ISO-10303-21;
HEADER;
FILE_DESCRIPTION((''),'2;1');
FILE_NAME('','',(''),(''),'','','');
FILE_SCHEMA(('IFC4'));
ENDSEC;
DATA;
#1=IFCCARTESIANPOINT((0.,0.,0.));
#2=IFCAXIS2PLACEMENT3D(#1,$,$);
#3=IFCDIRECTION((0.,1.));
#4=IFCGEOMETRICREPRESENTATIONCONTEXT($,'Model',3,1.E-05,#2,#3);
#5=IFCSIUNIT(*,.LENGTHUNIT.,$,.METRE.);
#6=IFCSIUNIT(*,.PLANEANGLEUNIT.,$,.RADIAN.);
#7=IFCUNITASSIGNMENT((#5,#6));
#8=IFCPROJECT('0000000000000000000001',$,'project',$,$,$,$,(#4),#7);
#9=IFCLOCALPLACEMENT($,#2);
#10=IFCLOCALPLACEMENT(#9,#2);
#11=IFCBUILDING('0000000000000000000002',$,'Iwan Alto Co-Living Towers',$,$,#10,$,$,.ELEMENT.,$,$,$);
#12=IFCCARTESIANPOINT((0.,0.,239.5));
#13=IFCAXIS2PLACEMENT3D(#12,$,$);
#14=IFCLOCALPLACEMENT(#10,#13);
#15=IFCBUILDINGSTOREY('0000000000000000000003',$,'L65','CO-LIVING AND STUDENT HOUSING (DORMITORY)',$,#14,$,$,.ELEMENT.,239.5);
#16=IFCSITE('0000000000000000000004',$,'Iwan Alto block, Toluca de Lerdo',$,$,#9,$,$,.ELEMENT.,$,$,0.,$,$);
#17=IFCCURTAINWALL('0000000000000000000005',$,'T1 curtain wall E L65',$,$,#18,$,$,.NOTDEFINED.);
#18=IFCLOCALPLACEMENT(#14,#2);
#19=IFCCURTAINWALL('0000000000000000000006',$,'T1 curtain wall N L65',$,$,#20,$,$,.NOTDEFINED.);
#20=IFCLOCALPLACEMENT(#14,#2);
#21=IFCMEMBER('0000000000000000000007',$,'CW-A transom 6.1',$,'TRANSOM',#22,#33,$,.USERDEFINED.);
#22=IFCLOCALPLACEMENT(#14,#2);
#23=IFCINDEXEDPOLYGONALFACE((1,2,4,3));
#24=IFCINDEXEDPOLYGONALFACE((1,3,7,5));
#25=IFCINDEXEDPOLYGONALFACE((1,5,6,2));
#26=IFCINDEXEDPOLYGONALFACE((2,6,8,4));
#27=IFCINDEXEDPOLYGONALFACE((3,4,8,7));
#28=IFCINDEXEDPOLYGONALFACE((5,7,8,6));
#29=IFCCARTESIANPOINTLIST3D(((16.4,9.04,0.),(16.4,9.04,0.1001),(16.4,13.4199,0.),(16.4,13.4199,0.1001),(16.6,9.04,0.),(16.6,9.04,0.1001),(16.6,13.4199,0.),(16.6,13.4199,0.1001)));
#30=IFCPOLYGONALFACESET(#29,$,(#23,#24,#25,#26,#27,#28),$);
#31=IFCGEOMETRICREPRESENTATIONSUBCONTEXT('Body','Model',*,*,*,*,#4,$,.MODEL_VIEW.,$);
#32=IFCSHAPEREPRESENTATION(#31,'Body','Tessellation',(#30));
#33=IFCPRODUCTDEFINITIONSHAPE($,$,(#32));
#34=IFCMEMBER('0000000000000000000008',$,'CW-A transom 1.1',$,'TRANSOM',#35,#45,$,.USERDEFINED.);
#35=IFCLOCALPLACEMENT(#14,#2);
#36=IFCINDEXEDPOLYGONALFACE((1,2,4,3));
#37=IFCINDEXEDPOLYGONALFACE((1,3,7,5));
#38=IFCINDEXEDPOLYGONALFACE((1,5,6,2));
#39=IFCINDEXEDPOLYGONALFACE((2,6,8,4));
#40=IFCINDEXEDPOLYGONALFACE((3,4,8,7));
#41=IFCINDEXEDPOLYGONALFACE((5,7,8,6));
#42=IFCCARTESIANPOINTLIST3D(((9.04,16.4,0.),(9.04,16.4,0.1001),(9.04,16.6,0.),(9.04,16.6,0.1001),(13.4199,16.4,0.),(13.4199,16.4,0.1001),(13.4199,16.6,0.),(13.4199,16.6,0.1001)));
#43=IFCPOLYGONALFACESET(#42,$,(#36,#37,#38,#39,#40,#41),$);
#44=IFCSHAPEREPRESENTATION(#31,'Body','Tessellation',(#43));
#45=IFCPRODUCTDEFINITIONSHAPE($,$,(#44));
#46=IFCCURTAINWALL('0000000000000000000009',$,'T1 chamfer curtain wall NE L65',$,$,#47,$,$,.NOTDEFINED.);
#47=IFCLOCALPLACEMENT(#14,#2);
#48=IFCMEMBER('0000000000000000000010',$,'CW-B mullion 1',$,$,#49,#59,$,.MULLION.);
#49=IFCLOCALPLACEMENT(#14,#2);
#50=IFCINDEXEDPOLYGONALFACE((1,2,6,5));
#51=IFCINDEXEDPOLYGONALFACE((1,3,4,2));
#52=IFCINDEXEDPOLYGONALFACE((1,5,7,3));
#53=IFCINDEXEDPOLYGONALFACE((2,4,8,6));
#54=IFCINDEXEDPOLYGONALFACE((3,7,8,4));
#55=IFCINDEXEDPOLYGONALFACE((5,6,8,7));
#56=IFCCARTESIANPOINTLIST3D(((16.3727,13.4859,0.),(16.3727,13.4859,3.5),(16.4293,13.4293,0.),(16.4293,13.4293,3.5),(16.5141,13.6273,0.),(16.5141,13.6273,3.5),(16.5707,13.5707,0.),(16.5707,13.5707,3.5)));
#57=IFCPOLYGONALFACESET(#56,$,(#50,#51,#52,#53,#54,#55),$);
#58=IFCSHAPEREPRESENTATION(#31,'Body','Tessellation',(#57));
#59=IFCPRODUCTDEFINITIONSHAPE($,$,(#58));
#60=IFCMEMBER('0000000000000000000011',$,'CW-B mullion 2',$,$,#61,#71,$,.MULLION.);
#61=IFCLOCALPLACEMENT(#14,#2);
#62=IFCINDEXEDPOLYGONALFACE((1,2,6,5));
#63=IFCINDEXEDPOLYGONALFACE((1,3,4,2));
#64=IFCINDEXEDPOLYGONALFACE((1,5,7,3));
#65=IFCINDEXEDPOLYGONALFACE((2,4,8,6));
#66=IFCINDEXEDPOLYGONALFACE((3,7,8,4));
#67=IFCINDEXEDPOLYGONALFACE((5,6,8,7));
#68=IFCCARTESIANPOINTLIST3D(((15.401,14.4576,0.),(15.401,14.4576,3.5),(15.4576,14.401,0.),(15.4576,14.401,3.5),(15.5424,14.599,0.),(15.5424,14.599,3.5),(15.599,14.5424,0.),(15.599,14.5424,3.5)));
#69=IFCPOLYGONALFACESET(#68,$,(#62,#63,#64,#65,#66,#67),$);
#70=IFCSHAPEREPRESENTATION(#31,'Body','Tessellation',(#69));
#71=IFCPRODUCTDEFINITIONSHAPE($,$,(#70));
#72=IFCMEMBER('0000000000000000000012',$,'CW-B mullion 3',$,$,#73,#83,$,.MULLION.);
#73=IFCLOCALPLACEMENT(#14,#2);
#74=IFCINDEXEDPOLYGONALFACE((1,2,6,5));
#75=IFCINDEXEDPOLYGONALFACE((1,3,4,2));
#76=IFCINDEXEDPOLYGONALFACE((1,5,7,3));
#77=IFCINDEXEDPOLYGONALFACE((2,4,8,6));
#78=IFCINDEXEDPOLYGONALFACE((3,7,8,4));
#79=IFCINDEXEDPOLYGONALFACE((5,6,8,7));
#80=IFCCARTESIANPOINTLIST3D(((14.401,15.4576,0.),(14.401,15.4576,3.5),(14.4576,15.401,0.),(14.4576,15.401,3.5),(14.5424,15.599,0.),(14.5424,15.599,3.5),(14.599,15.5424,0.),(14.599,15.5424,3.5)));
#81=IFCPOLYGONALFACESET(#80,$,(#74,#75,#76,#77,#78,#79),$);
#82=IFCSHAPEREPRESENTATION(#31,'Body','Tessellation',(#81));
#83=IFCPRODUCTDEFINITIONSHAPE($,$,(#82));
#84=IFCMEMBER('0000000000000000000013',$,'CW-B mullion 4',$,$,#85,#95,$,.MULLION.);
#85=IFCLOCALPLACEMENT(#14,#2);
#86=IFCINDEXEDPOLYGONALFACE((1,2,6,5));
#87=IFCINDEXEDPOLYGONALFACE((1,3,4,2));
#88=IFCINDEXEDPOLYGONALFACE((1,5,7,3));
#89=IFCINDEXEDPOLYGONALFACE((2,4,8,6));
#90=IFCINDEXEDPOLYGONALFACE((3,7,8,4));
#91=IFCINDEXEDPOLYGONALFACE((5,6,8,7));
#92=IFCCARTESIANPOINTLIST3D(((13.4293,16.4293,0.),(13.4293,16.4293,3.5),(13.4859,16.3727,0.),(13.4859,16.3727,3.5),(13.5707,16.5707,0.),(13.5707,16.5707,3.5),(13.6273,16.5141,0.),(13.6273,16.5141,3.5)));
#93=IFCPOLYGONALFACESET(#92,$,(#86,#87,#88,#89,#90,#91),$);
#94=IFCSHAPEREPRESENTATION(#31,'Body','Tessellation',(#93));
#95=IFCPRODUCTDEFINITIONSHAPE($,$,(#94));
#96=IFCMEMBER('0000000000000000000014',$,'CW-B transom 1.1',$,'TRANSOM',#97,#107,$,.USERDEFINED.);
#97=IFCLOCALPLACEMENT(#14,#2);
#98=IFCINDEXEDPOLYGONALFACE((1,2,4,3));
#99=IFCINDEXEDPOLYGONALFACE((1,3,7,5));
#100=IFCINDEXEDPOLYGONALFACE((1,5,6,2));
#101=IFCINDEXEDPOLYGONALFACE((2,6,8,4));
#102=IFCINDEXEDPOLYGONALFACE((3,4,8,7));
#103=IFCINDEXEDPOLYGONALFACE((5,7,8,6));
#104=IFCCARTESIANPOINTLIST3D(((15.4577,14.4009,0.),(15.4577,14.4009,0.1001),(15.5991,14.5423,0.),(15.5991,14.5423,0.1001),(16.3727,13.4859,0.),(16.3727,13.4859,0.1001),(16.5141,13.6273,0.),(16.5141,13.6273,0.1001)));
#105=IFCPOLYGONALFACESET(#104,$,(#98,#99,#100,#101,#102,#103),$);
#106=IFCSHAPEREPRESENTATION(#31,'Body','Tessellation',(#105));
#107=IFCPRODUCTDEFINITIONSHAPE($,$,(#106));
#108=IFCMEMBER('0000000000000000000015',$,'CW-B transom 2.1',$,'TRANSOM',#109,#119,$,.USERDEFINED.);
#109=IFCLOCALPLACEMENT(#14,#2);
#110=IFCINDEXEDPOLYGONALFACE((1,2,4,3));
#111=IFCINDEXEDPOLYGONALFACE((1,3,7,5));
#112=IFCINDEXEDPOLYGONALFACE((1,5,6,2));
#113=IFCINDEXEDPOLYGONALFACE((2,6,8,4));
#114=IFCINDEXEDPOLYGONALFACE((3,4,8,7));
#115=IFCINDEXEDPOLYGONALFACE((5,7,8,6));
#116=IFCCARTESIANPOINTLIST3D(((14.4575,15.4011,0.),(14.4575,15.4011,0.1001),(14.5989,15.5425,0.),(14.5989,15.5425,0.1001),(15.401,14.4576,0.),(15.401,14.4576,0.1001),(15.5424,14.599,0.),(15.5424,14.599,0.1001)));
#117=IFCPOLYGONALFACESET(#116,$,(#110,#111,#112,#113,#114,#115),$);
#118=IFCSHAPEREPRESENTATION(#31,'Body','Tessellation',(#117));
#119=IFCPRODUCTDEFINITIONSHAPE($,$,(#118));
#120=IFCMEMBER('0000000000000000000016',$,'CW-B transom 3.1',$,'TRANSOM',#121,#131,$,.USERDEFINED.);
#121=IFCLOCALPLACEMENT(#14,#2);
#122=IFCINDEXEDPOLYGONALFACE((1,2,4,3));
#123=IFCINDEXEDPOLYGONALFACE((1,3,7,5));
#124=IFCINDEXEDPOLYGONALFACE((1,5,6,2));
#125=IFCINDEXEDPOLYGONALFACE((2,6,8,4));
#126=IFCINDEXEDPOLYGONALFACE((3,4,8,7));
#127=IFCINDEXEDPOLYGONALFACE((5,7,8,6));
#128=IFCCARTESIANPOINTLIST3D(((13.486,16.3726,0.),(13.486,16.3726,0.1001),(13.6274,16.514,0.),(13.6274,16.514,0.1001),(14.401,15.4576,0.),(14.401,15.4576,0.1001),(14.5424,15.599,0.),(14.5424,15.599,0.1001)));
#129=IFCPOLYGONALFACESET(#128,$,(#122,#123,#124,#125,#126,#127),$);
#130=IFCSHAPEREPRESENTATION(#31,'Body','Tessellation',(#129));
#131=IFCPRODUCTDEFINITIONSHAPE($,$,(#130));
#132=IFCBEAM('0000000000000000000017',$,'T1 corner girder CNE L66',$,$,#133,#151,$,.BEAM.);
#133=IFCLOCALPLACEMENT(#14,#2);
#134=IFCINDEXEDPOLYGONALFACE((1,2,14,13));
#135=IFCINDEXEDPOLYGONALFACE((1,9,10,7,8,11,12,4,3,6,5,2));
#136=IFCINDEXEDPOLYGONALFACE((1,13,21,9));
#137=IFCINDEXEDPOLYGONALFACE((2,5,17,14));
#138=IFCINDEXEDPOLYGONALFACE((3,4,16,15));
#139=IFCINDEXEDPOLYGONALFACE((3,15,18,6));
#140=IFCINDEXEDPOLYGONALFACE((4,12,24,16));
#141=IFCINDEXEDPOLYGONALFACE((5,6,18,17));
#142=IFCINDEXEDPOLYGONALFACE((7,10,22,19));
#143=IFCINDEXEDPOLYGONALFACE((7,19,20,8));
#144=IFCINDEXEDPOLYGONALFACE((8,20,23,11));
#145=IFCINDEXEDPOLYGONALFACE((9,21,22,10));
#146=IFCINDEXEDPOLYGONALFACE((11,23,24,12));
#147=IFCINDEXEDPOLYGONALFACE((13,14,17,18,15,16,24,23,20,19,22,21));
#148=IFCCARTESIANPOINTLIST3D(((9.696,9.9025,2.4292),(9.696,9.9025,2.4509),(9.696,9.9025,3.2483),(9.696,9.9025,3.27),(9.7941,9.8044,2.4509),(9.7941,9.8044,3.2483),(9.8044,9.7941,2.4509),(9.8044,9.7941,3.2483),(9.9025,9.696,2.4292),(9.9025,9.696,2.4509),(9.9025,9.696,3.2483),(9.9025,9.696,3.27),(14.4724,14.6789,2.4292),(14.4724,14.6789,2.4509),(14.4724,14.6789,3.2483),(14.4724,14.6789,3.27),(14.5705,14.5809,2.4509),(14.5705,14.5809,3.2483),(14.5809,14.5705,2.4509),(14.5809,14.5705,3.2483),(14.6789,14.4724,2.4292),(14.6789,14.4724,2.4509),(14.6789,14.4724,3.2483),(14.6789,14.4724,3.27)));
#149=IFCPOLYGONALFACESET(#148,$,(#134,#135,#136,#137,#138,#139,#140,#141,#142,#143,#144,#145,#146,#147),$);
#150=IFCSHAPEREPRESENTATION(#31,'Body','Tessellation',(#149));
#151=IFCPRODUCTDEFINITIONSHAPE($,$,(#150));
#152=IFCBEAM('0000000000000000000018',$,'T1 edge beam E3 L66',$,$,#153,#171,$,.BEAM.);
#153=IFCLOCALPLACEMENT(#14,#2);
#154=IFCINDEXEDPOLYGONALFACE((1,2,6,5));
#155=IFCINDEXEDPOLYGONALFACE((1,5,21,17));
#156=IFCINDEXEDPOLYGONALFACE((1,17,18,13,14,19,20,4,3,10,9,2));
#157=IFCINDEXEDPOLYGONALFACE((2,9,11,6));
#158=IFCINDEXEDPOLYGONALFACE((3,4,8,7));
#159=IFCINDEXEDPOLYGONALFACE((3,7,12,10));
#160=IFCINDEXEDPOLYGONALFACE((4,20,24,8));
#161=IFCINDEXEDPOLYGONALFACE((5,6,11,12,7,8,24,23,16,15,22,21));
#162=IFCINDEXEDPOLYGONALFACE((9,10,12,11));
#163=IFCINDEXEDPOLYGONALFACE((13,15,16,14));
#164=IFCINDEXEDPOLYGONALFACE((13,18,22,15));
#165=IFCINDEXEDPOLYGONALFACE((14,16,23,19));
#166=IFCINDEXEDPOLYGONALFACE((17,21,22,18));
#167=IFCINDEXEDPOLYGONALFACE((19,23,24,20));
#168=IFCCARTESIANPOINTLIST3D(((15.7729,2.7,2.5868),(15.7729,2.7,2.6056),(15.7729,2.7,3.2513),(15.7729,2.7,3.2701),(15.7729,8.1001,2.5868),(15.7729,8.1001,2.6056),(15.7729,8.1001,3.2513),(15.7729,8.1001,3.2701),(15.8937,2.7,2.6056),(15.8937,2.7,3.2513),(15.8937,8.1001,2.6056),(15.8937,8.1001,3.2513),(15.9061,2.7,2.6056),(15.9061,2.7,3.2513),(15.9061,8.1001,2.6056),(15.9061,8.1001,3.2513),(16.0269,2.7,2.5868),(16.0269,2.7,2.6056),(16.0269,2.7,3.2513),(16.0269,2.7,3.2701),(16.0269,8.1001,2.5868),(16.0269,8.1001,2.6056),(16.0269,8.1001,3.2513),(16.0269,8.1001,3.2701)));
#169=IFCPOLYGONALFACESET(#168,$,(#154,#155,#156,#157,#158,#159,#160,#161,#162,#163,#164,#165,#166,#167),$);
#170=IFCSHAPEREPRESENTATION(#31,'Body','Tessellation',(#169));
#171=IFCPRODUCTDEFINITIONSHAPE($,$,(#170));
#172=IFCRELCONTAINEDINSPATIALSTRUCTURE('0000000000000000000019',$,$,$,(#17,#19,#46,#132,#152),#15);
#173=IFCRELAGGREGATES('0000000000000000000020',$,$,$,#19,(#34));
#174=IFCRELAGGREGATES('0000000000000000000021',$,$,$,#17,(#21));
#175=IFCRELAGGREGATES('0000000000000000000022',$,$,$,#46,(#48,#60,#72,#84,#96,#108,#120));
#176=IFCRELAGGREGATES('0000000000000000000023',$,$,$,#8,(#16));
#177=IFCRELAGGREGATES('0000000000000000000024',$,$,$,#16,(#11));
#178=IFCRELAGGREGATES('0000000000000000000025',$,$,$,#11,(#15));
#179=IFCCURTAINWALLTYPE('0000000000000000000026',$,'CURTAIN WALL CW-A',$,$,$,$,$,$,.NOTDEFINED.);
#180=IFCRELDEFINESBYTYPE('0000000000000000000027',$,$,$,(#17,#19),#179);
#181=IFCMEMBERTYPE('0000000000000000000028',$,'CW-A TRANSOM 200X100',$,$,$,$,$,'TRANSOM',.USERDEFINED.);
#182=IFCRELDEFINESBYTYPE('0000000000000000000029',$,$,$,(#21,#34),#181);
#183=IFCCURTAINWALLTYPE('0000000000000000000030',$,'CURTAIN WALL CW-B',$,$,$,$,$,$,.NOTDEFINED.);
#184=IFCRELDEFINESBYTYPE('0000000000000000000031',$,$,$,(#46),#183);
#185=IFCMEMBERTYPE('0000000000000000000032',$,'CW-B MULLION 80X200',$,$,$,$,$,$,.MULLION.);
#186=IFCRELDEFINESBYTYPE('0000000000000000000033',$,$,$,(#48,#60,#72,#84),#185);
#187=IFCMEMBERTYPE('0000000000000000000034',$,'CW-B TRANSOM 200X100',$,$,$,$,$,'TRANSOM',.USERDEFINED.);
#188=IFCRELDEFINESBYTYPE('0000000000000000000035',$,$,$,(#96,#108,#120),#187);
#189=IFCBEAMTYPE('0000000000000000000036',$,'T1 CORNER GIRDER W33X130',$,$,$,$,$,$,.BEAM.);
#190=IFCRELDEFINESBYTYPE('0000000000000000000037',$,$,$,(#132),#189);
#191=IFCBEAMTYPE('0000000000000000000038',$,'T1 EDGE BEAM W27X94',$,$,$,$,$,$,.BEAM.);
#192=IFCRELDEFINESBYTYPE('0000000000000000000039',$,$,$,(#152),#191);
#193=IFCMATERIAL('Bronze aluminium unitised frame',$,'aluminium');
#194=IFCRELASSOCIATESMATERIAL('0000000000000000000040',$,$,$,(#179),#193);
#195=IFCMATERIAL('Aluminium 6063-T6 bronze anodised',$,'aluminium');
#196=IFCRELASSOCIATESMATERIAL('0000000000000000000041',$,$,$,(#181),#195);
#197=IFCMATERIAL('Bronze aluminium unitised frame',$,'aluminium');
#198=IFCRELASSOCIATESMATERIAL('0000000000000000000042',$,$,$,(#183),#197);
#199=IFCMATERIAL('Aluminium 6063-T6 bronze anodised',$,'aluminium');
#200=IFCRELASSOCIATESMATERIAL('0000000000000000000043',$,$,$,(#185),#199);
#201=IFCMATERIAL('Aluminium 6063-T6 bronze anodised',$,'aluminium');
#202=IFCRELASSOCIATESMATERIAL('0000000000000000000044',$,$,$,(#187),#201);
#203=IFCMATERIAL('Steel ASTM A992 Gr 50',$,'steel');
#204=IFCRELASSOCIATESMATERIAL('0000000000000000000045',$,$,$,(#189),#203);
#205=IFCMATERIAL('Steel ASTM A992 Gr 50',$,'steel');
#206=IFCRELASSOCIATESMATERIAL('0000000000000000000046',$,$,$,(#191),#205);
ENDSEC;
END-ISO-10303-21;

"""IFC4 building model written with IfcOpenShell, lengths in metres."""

from ifc_helpers import new_model, si_unit, direction, frame, origin, origin_2d, place, context, subcontext, project, spatial, rectangle, i_section, extrude, material, material_profile, profile_set, type_object, element, aggregate, save


model = new_model("IFC4")

# Units and contexts
model_context = context("Model", 3, precision=1e-05, world=origin(), true_north=direction((0.0, 1.0)))
body_context = subcontext(model_context, "Body", "Model", "MODEL_VIEW")
ifc_project = project(units=[si_unit("LENGTHUNIT", "METRE"), si_unit("PLANEANGLEUNIT", "RADIAN")], contexts=[model_context])

# Site, building, storey
site_placement = place(None, origin())
site = spatial("IfcSite", under=ifc_project, at=site_placement, Name="Iwan Alto block, Toluca de Lerdo", CompositionType="ELEMENT", RefElevation=0.0)
building_placement = place(site_placement, origin())
building = spatial("IfcBuilding", under=site, at=building_placement, Name="Iwan Alto Co-Living Towers", CompositionType="ELEMENT")
storey_placement = place(building_placement, frame((0.0, 0.0, 239.5)))
storey = spatial("IfcBuildingStorey", under=building, at=storey_placement, Name="L65", Description="CO-LIVING AND STUDENT HOUSING (DORMITORY)", CompositionType="ELEMENT", Elevation=239.5)

# Curtain wall
ifc_material_1 = material(Name="Bronze aluminium unitised frame", Category="aluminium")
curtain_wall_type_1 = type_object("IfcCurtainWallType", Name="CURTAIN WALL CW-A", PredefinedType="NOTDEFINED", material=ifc_material_1)
curtain_wall_1_placement = place(storey_placement, origin())
curtain_wall_1 = element("IfcCurtainWall", 1, at=curtain_wall_1_placement, inside=storey, type_object=curtain_wall_type_1, Name="T1 curtain wall E L65", PredefinedType="NOTDEFINED")

# Curtain wall
curtain_wall_2_placement = place(storey_placement, origin())
curtain_wall_2 = element("IfcCurtainWall", 2, at=curtain_wall_2_placement, inside=storey, type_object=curtain_wall_type_1, Name="T1 curtain wall N L65", PredefinedType="NOTDEFINED")

# Members
ifc_material_2 = material(Name="Aluminium 6063-T6 bronze anodised", Category="aluminium")
ifc_material_profile_1 = material_profile(ifc_material_2, rectangle(XDim=0.2, YDim=0.1001, at=origin_2d()), Name="AL 200X100")
ifc_profile_set_1 = profile_set([ifc_material_profile_1], Name="Aluminium 6063-T6 bronze anodised")
member_type_1 = type_object("IfcMemberType", Name="CW-A TRANSOM 200X100", ElementType="TRANSOM", PredefinedType="USERDEFINED", material=ifc_profile_set_1)
member_1_placement = place(storey_placement, frame((16.5, 9.04, 0.05), z_axis=(0.0, 1.0, 0.0), x_axis=(-1.0, 0.0, 0.0)))
member_1 = element("IfcMember", 3, at=member_1_placement, type_object=member_type_1, Name="CW-A transom 6.1", ObjectType="TRANSOM", PredefinedType="USERDEFINED", context=body_context, shape_type="SweptSolid", body=[
    extrude(rectangle(XDim=0.2, YDim=0.1001, at=origin_2d()), origin(), (0.0, 0.0, 1.0), 4.3799),
])
member_2_placement = place(storey_placement, frame((13.4199, 16.5, 0.05), z_axis=(-1.0, 0.0, 0.0), x_axis=(0.0, -1.0, 0.0)))
member_2 = element("IfcMember", 4, at=member_2_placement, type_object=member_type_1, Name="CW-A transom 1.1", ObjectType="TRANSOM", PredefinedType="USERDEFINED", context=body_context, shape_type="SweptSolid", body=[
    extrude(rectangle(XDim=0.2, YDim=0.1001, at=origin_2d()), origin(), (0.0, 0.0, 1.0), 4.3799),
])
aggregate(curtain_wall_2, [member_2])

# Curtain wall, members
ifc_material_3 = material(Name="Bronze aluminium unitised frame", Category="aluminium")
curtain_wall_type_2 = type_object("IfcCurtainWallType", Name="CURTAIN WALL CW-B", PredefinedType="NOTDEFINED", material=ifc_material_3)
curtain_wall_3_placement = place(storey_placement, origin())
curtain_wall_3 = element("IfcCurtainWall", 5, at=curtain_wall_3_placement, inside=storey, type_object=curtain_wall_type_2, Name="T1 chamfer curtain wall NE L65", PredefinedType="NOTDEFINED")
ifc_material_4 = material(Name="Aluminium 6063-T6 bronze anodised", Category="aluminium")
ifc_material_profile_2 = material_profile(ifc_material_4, rectangle(XDim=0.2, YDim=0.0801, at=origin_2d()), Name="AL 80X200")
ifc_profile_set_2 = profile_set([ifc_material_profile_2], Name="Aluminium 6063-T6 bronze anodised")
member_type_2 = type_object("IfcMemberType", Name="CW-B MULLION 80X200", PredefinedType="MULLION", material=ifc_profile_set_2)
member_3_placement = place(storey_placement, frame((16.4717, 13.5283, 0.0), z_axis=(0.0, 0.0, 1.0), x_axis=(-0.707107, -0.707107, 0.0)))
member_3 = element("IfcMember", 6, at=member_3_placement, type_object=member_type_2, Name="CW-B mullion 1", PredefinedType="MULLION", context=body_context, shape_type="SweptSolid", body=[
    extrude(rectangle(XDim=0.2, YDim=0.0801, at=origin_2d()), origin(), (0.0, 0.0, 1.0), 3.5),
])
member_4_placement = place(storey_placement, frame((15.5, 14.5, 0.0), z_axis=(0.0, 0.0, 1.0), x_axis=(-0.707107, -0.707107, 0.0)))
member_4 = element("IfcMember", 7, at=member_4_placement, type_object=member_type_2, Name="CW-B mullion 2", PredefinedType="MULLION", context=body_context, shape_type="SweptSolid", body=[
    extrude(rectangle(XDim=0.2, YDim=0.0801, at=origin_2d()), origin(), (0.0, 0.0, 1.0), 3.5),
])
member_5_placement = place(storey_placement, frame((14.5, 15.5, 0.0), z_axis=(0.0, 0.0, 1.0), x_axis=(-0.707107, -0.707107, 0.0)))
member_5 = element("IfcMember", 8, at=member_5_placement, type_object=member_type_2, Name="CW-B mullion 3", PredefinedType="MULLION", context=body_context, shape_type="SweptSolid", body=[
    extrude(rectangle(XDim=0.2, YDim=0.0801, at=origin_2d()), origin(), (0.0, 0.0, 1.0), 3.5),
])
member_6_placement = place(storey_placement, frame((13.5283, 16.4717, 0.0), z_axis=(0.0, 0.0, 1.0), x_axis=(-0.707107, -0.707107, 0.0)))
member_6 = element("IfcMember", 9, at=member_6_placement, type_object=member_type_2, Name="CW-B mullion 4", PredefinedType="MULLION", context=body_context, shape_type="SweptSolid", body=[
    extrude(rectangle(XDim=0.2, YDim=0.0801, at=origin_2d()), origin(), (0.0, 0.0, 1.0), 3.5),
])
ifc_material_5 = material(Name="Aluminium 6063-T6 bronze anodised", Category="aluminium")
ifc_material_profile_3 = material_profile(ifc_material_5, rectangle(XDim=0.2, YDim=0.1001, at=origin_2d()), Name="AL 200X100")
ifc_profile_set_3 = profile_set([ifc_material_profile_3], Name="Aluminium 6063-T6 bronze anodised")
member_type_3 = type_object("IfcMemberType", Name="CW-B TRANSOM 200X100", ElementType="TRANSOM", PredefinedType="USERDEFINED", material=ifc_profile_set_3)
member_7_placement = place(storey_placement, frame((16.4434, 13.5566, 0.05), z_axis=(-0.707107, 0.707107, 0.0), x_axis=(-0.707107, -0.707107, 0.0)))
member_7 = element("IfcMember", 10, at=member_7_placement, type_object=member_type_3, Name="CW-B transom 1.1", ObjectType="TRANSOM", PredefinedType="USERDEFINED", context=body_context, shape_type="SweptSolid", body=[
    extrude(rectangle(XDim=0.2, YDim=0.1001, at=origin_2d()), origin(), (0.0, 0.0, 1.0), 1.2939),
])
member_8_placement = place(storey_placement, frame((15.4717, 14.5283, 0.05), z_axis=(-0.707107, 0.707107, 0.0), x_axis=(-0.707107, -0.707107, 0.0)))
member_8 = element("IfcMember", 11, at=member_8_placement, type_object=member_type_3, Name="CW-B transom 2.1", ObjectType="TRANSOM", PredefinedType="USERDEFINED", context=body_context, shape_type="SweptSolid", body=[
    extrude(rectangle(XDim=0.2, YDim=0.1001, at=origin_2d()), origin(), (0.0, 0.0, 1.0), 1.3342),
])
member_9_placement = place(storey_placement, frame((14.4717, 15.5283, 0.05), z_axis=(-0.707107, 0.707107, 0.0), x_axis=(-0.707107, -0.707107, 0.0)))
member_9 = element("IfcMember", 12, at=member_9_placement, type_object=member_type_3, Name="CW-B transom 3.1", ObjectType="TRANSOM", PredefinedType="USERDEFINED", context=body_context, shape_type="SweptSolid", body=[
    extrude(rectangle(XDim=0.2, YDim=0.1001, at=origin_2d()), origin(), (0.0, 0.0, 1.0), 1.2939),
])

# Beams
ifc_material_6 = material(Name="Steel ASTM A992 Gr 50", Category="steel")
ifc_material_profile_4 = material_profile(ifc_material_6, i_section(OverallWidth=0.292, OverallDepth=0.8408, WebThickness=0.0146, FlangeThickness=0.0217, at=origin_2d()), Name="W33X130")
ifc_profile_set_4 = profile_set([ifc_material_profile_4], Name="Steel ASTM A992 Gr 50")
beam_type_1 = type_object("IfcBeamType", Name="T1 CORNER GIRDER W33X130", PredefinedType="BEAM", material=ifc_profile_set_4)
beam_1_placement = place(storey_placement, frame((14.5757, 14.5757, 2.8496), z_axis=(-0.707107, -0.707107, 0.0), x_axis=(0.707107, -0.707107, 0.0)))
element("IfcBeam", 13, at=beam_1_placement, inside=storey, type_object=beam_type_1, Name="T1 corner girder CNE L66", PredefinedType="BEAM", context=body_context, shape_type="SweptSolid", body=[
    extrude(i_section(OverallWidth=0.292, OverallDepth=0.8408, WebThickness=0.0146, FlangeThickness=0.0217, at=origin_2d()), origin(), (0.0, 0.0, 1.0), 6.7549),
])
ifc_material_7 = material(Name="Steel ASTM A992 Gr 50", Category="steel")
ifc_material_profile_5 = material_profile(ifc_material_7, i_section(OverallWidth=0.2539, OverallDepth=0.6833, WebThickness=0.0125, FlangeThickness=0.0188, at=origin_2d()), Name="W27X94")
ifc_profile_set_5 = profile_set([ifc_material_profile_5], Name="Steel ASTM A992 Gr 50")
beam_type_2 = type_object("IfcBeamType", Name="T1 EDGE BEAM W27X94", PredefinedType="BEAM", material=ifc_profile_set_5)
beam_2_placement = place(storey_placement, frame((15.8999, 2.7, 2.9285), z_axis=(0.0, 1.0, 0.0), x_axis=(-1.0, 0.0, 0.0)))
element("IfcBeam", 14, at=beam_2_placement, inside=storey, type_object=beam_type_2, Name="T1 edge beam E3 L66", PredefinedType="BEAM", context=body_context, shape_type="SweptSolid", body=[
    extrude(i_section(OverallWidth=0.2539, OverallDepth=0.6833, WebThickness=0.0125, FlangeThickness=0.0188, at=origin_2d()), origin(), (0.0, 0.0, 1.0), 5.4001),
])

aggregate(curtain_wall_1, [member_1])
aggregate(curtain_wall_3, [member_3, member_4, member_5, member_6, member_7, member_8, member_9])

save(model, "model.ifc")
